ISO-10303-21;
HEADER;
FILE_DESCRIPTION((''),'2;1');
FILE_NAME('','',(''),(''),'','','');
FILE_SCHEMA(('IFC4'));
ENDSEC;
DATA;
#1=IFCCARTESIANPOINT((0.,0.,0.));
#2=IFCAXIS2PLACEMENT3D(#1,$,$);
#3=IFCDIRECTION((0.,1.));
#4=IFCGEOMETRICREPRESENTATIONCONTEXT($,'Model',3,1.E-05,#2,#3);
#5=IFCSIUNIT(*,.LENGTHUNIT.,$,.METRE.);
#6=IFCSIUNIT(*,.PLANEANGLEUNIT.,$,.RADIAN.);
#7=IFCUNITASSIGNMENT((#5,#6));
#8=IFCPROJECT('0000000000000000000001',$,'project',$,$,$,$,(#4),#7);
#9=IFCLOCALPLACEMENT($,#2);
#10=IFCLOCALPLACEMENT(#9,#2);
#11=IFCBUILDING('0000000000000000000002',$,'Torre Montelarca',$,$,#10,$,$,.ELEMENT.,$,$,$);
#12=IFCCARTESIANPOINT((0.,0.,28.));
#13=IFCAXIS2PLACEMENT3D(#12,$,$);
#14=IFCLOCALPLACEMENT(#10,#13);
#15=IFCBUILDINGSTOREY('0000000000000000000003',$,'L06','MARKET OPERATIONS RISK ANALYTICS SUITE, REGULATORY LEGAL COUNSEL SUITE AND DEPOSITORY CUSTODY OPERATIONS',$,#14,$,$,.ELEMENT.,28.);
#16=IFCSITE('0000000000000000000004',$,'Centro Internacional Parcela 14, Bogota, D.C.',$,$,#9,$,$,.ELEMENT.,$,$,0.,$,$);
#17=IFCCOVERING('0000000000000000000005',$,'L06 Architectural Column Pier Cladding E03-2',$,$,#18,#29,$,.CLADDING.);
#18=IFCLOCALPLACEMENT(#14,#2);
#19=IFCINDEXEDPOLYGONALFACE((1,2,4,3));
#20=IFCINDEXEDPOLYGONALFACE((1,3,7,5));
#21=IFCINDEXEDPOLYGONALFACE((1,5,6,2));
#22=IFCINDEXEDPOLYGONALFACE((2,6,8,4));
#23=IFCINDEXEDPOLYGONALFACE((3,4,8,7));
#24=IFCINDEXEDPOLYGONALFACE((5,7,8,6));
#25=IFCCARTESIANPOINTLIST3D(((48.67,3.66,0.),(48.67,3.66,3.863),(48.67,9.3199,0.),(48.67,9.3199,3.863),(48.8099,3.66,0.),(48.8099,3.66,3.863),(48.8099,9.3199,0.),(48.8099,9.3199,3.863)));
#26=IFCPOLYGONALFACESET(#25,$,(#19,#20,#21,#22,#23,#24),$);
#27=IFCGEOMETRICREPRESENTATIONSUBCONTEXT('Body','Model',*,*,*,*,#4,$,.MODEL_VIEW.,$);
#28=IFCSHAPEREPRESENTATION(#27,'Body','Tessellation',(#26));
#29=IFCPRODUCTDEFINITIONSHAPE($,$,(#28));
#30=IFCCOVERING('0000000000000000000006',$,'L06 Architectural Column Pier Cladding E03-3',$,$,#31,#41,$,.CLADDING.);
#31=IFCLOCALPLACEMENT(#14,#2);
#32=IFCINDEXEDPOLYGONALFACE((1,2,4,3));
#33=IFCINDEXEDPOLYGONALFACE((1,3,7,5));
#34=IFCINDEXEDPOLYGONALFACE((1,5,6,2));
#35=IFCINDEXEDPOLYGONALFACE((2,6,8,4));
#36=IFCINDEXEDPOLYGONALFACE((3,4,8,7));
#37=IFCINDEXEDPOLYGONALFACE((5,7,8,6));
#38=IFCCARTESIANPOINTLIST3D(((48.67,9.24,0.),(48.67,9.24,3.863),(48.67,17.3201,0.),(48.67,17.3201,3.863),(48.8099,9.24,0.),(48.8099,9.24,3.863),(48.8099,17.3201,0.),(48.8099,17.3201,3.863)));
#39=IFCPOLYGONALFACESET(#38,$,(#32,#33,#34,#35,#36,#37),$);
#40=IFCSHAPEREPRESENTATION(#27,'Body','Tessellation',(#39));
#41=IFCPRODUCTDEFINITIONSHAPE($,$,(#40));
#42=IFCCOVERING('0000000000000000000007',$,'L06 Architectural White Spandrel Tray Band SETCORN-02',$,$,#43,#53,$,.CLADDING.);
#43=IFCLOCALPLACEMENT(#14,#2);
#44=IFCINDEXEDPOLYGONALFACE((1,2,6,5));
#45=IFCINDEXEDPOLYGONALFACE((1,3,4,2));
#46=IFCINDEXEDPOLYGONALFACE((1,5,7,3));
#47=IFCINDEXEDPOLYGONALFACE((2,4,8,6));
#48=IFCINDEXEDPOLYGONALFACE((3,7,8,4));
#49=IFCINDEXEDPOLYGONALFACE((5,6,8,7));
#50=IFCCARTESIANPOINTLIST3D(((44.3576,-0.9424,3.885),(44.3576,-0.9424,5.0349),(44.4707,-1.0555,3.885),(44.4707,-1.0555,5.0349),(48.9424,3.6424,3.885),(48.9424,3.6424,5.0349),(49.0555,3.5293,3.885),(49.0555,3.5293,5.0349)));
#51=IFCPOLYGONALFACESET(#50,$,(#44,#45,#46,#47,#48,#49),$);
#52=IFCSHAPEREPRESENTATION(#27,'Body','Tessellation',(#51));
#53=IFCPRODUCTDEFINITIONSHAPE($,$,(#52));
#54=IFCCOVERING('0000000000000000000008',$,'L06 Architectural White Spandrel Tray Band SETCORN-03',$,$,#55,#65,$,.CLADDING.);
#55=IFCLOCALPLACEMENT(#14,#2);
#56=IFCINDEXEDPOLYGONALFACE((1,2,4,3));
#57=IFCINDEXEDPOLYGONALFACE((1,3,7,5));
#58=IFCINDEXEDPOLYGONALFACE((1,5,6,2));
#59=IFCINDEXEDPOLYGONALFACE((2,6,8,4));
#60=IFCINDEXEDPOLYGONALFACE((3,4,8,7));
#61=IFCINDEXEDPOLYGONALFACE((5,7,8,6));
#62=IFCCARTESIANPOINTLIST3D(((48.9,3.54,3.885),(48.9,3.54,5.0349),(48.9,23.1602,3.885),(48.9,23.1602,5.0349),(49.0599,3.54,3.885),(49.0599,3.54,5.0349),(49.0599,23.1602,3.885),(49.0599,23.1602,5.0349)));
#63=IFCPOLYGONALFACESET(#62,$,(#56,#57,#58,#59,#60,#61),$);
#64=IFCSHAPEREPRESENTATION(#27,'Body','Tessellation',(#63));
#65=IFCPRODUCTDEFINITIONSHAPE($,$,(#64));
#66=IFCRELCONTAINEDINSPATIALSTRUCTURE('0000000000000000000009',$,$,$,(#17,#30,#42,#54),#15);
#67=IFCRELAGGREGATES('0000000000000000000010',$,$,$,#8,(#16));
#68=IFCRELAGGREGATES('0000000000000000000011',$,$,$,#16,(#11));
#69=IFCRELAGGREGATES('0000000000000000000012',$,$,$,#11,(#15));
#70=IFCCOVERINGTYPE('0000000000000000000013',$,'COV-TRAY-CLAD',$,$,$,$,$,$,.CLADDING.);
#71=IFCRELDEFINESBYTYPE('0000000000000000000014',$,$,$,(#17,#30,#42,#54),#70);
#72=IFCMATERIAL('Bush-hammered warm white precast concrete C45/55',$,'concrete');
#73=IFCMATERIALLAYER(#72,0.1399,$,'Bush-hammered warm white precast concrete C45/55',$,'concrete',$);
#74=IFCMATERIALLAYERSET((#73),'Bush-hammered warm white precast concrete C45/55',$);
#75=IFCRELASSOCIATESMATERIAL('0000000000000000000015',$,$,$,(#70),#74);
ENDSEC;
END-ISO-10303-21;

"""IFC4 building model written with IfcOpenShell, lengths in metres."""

from ifc_helpers import new_model, si_unit, direction, frame, origin, origin_2d, place, context, subcontext, project, spatial, rectangle, extrude, source, transform, mapped, material, layer, layer_set, type_object, element, save


model = new_model("IFC4")

# Units and contexts
model_context = context("Model", 3, precision=1e-05, world=origin(), true_north=direction((0.0, 1.0)))
body_context = subcontext(model_context, "Body", "Model", "MODEL_VIEW")
ifc_project = project(units=[si_unit("LENGTHUNIT", "METRE"), si_unit("PLANEANGLEUNIT", "RADIAN")], contexts=[model_context])

# Site, building, storey
site_placement = place(None, origin())
site = spatial("IfcSite", under=ifc_project, at=site_placement, Name="Centro Internacional Parcela 14, Bogota, D.C.", CompositionType="ELEMENT", RefElevation=0.0)
building_placement = place(site_placement, origin())
building = spatial("IfcBuilding", under=site, at=building_placement, Name="Torre Montelarca", CompositionType="ELEMENT")
storey_placement = place(building_placement, frame((0.0, 0.0, 28.0)))
storey = spatial("IfcBuildingStorey", under=building, at=storey_placement, Name="L06", Description="MARKET OPERATIONS RISK ANALYTICS SUITE, REGULATORY LEGAL COUNSEL SUITE AND DEPOSITORY CUSTODY OPERATIONS", CompositionType="ELEMENT", Elevation=28.0)

# Coverings
ifc_material_1 = material(Name="Bush-hammered warm white precast concrete C45/55", Category="concrete")
ifc_layer_1 = layer(ifc_material_1, 0.1399, Name="Bush-hammered warm white precast concrete C45/55", Category="concrete")
ifc_layer_set_1 = layer_set([ifc_layer_1], Name="Bush-hammered warm white precast concrete C45/55")
covering_type = type_object("IfcCoveringType", Name="COV-TRAY-CLAD", PredefinedType="CLADDING", material=ifc_layer_set_1)
shared_shape_1 = source(origin(), body_context, "Body", "SweptSolid", [
    extrude(rectangle(XDim=5.6599, YDim=0.1399, at=origin_2d()), origin(), (0.0, 0.0, 1.0), 3.863),
])
covering_1_placement = place(storey_placement, frame((48.74, 6.49, 0.0), z_axis=(0.0, 0.0, 1.0), x_axis=(0.0, 1.0, 0.0)))
element("IfcCovering", 1, at=covering_1_placement, inside=storey, type_object=covering_type, Name="L06 Architectural Column Pier Cladding E03-2", PredefinedType="CLADDING", context=body_context, shape_type="MappedRepresentation", body=[
    mapped(shared_shape_1, transform((0.0, 0.0, 0.0), scale=1.0)),
])
shared_shape_2 = source(origin(), body_context, "Body", "SweptSolid", [
    extrude(rectangle(XDim=8.0801, YDim=0.1399, at=origin_2d()), origin(), (0.0, 0.0, 1.0), 3.863),
])
covering_2_placement = place(storey_placement, frame((48.74, 13.28, 0.0), z_axis=(0.0, 0.0, 1.0), x_axis=(0.0, 1.0, 0.0)))
element("IfcCovering", 2, at=covering_2_placement, inside=storey, type_object=covering_type, Name="L06 Architectural Column Pier Cladding E03-3", PredefinedType="CLADDING", context=body_context, shape_type="MappedRepresentation", body=[
    mapped(shared_shape_2, transform((0.0, 0.0, 0.0), scale=1.0)),
])
shared_shape_3 = source(origin(), body_context, "Body", "SweptSolid", [
    extrude(rectangle(XDim=6.4839, YDim=0.1599, at=origin_2d()), origin(), (0.0, 0.0, 1.0), 1.1499),
])
covering_3_placement = place(storey_placement, frame((46.7065, 1.2935, 3.885), z_axis=(0.0, 0.0, 1.0), x_axis=(0.707107, 0.707107, 0.0)))
element("IfcCovering", 3, at=covering_3_placement, inside=storey, type_object=covering_type, Name="L06 Architectural White Spandrel Tray Band SETCORN-02", PredefinedType="CLADDING", context=body_context, shape_type="MappedRepresentation", body=[
    mapped(shared_shape_3, transform((0.0, 0.0, 0.0), scale=1.0)),
])
shared_shape_4 = source(origin(), body_context, "Body", "SweptSolid", [
    extrude(rectangle(XDim=19.6201, YDim=0.1599, at=origin_2d()), origin(), (0.0, 0.0, 1.0), 1.1499),
])
covering_4_placement = place(storey_placement, frame((48.98, 13.3501, 3.885), z_axis=(0.0, 0.0, 1.0), x_axis=(0.0, 1.0, 0.0)))
element("IfcCovering", 4, at=covering_4_placement, inside=storey, type_object=covering_type, Name="L06 Architectural White Spandrel Tray Band SETCORN-03", PredefinedType="CLADDING", context=body_context, shape_type="MappedRepresentation", body=[
    mapped(shared_shape_4, transform((0.0, 0.0, 0.0), scale=1.0)),
])

save(model, "model.ifc")
